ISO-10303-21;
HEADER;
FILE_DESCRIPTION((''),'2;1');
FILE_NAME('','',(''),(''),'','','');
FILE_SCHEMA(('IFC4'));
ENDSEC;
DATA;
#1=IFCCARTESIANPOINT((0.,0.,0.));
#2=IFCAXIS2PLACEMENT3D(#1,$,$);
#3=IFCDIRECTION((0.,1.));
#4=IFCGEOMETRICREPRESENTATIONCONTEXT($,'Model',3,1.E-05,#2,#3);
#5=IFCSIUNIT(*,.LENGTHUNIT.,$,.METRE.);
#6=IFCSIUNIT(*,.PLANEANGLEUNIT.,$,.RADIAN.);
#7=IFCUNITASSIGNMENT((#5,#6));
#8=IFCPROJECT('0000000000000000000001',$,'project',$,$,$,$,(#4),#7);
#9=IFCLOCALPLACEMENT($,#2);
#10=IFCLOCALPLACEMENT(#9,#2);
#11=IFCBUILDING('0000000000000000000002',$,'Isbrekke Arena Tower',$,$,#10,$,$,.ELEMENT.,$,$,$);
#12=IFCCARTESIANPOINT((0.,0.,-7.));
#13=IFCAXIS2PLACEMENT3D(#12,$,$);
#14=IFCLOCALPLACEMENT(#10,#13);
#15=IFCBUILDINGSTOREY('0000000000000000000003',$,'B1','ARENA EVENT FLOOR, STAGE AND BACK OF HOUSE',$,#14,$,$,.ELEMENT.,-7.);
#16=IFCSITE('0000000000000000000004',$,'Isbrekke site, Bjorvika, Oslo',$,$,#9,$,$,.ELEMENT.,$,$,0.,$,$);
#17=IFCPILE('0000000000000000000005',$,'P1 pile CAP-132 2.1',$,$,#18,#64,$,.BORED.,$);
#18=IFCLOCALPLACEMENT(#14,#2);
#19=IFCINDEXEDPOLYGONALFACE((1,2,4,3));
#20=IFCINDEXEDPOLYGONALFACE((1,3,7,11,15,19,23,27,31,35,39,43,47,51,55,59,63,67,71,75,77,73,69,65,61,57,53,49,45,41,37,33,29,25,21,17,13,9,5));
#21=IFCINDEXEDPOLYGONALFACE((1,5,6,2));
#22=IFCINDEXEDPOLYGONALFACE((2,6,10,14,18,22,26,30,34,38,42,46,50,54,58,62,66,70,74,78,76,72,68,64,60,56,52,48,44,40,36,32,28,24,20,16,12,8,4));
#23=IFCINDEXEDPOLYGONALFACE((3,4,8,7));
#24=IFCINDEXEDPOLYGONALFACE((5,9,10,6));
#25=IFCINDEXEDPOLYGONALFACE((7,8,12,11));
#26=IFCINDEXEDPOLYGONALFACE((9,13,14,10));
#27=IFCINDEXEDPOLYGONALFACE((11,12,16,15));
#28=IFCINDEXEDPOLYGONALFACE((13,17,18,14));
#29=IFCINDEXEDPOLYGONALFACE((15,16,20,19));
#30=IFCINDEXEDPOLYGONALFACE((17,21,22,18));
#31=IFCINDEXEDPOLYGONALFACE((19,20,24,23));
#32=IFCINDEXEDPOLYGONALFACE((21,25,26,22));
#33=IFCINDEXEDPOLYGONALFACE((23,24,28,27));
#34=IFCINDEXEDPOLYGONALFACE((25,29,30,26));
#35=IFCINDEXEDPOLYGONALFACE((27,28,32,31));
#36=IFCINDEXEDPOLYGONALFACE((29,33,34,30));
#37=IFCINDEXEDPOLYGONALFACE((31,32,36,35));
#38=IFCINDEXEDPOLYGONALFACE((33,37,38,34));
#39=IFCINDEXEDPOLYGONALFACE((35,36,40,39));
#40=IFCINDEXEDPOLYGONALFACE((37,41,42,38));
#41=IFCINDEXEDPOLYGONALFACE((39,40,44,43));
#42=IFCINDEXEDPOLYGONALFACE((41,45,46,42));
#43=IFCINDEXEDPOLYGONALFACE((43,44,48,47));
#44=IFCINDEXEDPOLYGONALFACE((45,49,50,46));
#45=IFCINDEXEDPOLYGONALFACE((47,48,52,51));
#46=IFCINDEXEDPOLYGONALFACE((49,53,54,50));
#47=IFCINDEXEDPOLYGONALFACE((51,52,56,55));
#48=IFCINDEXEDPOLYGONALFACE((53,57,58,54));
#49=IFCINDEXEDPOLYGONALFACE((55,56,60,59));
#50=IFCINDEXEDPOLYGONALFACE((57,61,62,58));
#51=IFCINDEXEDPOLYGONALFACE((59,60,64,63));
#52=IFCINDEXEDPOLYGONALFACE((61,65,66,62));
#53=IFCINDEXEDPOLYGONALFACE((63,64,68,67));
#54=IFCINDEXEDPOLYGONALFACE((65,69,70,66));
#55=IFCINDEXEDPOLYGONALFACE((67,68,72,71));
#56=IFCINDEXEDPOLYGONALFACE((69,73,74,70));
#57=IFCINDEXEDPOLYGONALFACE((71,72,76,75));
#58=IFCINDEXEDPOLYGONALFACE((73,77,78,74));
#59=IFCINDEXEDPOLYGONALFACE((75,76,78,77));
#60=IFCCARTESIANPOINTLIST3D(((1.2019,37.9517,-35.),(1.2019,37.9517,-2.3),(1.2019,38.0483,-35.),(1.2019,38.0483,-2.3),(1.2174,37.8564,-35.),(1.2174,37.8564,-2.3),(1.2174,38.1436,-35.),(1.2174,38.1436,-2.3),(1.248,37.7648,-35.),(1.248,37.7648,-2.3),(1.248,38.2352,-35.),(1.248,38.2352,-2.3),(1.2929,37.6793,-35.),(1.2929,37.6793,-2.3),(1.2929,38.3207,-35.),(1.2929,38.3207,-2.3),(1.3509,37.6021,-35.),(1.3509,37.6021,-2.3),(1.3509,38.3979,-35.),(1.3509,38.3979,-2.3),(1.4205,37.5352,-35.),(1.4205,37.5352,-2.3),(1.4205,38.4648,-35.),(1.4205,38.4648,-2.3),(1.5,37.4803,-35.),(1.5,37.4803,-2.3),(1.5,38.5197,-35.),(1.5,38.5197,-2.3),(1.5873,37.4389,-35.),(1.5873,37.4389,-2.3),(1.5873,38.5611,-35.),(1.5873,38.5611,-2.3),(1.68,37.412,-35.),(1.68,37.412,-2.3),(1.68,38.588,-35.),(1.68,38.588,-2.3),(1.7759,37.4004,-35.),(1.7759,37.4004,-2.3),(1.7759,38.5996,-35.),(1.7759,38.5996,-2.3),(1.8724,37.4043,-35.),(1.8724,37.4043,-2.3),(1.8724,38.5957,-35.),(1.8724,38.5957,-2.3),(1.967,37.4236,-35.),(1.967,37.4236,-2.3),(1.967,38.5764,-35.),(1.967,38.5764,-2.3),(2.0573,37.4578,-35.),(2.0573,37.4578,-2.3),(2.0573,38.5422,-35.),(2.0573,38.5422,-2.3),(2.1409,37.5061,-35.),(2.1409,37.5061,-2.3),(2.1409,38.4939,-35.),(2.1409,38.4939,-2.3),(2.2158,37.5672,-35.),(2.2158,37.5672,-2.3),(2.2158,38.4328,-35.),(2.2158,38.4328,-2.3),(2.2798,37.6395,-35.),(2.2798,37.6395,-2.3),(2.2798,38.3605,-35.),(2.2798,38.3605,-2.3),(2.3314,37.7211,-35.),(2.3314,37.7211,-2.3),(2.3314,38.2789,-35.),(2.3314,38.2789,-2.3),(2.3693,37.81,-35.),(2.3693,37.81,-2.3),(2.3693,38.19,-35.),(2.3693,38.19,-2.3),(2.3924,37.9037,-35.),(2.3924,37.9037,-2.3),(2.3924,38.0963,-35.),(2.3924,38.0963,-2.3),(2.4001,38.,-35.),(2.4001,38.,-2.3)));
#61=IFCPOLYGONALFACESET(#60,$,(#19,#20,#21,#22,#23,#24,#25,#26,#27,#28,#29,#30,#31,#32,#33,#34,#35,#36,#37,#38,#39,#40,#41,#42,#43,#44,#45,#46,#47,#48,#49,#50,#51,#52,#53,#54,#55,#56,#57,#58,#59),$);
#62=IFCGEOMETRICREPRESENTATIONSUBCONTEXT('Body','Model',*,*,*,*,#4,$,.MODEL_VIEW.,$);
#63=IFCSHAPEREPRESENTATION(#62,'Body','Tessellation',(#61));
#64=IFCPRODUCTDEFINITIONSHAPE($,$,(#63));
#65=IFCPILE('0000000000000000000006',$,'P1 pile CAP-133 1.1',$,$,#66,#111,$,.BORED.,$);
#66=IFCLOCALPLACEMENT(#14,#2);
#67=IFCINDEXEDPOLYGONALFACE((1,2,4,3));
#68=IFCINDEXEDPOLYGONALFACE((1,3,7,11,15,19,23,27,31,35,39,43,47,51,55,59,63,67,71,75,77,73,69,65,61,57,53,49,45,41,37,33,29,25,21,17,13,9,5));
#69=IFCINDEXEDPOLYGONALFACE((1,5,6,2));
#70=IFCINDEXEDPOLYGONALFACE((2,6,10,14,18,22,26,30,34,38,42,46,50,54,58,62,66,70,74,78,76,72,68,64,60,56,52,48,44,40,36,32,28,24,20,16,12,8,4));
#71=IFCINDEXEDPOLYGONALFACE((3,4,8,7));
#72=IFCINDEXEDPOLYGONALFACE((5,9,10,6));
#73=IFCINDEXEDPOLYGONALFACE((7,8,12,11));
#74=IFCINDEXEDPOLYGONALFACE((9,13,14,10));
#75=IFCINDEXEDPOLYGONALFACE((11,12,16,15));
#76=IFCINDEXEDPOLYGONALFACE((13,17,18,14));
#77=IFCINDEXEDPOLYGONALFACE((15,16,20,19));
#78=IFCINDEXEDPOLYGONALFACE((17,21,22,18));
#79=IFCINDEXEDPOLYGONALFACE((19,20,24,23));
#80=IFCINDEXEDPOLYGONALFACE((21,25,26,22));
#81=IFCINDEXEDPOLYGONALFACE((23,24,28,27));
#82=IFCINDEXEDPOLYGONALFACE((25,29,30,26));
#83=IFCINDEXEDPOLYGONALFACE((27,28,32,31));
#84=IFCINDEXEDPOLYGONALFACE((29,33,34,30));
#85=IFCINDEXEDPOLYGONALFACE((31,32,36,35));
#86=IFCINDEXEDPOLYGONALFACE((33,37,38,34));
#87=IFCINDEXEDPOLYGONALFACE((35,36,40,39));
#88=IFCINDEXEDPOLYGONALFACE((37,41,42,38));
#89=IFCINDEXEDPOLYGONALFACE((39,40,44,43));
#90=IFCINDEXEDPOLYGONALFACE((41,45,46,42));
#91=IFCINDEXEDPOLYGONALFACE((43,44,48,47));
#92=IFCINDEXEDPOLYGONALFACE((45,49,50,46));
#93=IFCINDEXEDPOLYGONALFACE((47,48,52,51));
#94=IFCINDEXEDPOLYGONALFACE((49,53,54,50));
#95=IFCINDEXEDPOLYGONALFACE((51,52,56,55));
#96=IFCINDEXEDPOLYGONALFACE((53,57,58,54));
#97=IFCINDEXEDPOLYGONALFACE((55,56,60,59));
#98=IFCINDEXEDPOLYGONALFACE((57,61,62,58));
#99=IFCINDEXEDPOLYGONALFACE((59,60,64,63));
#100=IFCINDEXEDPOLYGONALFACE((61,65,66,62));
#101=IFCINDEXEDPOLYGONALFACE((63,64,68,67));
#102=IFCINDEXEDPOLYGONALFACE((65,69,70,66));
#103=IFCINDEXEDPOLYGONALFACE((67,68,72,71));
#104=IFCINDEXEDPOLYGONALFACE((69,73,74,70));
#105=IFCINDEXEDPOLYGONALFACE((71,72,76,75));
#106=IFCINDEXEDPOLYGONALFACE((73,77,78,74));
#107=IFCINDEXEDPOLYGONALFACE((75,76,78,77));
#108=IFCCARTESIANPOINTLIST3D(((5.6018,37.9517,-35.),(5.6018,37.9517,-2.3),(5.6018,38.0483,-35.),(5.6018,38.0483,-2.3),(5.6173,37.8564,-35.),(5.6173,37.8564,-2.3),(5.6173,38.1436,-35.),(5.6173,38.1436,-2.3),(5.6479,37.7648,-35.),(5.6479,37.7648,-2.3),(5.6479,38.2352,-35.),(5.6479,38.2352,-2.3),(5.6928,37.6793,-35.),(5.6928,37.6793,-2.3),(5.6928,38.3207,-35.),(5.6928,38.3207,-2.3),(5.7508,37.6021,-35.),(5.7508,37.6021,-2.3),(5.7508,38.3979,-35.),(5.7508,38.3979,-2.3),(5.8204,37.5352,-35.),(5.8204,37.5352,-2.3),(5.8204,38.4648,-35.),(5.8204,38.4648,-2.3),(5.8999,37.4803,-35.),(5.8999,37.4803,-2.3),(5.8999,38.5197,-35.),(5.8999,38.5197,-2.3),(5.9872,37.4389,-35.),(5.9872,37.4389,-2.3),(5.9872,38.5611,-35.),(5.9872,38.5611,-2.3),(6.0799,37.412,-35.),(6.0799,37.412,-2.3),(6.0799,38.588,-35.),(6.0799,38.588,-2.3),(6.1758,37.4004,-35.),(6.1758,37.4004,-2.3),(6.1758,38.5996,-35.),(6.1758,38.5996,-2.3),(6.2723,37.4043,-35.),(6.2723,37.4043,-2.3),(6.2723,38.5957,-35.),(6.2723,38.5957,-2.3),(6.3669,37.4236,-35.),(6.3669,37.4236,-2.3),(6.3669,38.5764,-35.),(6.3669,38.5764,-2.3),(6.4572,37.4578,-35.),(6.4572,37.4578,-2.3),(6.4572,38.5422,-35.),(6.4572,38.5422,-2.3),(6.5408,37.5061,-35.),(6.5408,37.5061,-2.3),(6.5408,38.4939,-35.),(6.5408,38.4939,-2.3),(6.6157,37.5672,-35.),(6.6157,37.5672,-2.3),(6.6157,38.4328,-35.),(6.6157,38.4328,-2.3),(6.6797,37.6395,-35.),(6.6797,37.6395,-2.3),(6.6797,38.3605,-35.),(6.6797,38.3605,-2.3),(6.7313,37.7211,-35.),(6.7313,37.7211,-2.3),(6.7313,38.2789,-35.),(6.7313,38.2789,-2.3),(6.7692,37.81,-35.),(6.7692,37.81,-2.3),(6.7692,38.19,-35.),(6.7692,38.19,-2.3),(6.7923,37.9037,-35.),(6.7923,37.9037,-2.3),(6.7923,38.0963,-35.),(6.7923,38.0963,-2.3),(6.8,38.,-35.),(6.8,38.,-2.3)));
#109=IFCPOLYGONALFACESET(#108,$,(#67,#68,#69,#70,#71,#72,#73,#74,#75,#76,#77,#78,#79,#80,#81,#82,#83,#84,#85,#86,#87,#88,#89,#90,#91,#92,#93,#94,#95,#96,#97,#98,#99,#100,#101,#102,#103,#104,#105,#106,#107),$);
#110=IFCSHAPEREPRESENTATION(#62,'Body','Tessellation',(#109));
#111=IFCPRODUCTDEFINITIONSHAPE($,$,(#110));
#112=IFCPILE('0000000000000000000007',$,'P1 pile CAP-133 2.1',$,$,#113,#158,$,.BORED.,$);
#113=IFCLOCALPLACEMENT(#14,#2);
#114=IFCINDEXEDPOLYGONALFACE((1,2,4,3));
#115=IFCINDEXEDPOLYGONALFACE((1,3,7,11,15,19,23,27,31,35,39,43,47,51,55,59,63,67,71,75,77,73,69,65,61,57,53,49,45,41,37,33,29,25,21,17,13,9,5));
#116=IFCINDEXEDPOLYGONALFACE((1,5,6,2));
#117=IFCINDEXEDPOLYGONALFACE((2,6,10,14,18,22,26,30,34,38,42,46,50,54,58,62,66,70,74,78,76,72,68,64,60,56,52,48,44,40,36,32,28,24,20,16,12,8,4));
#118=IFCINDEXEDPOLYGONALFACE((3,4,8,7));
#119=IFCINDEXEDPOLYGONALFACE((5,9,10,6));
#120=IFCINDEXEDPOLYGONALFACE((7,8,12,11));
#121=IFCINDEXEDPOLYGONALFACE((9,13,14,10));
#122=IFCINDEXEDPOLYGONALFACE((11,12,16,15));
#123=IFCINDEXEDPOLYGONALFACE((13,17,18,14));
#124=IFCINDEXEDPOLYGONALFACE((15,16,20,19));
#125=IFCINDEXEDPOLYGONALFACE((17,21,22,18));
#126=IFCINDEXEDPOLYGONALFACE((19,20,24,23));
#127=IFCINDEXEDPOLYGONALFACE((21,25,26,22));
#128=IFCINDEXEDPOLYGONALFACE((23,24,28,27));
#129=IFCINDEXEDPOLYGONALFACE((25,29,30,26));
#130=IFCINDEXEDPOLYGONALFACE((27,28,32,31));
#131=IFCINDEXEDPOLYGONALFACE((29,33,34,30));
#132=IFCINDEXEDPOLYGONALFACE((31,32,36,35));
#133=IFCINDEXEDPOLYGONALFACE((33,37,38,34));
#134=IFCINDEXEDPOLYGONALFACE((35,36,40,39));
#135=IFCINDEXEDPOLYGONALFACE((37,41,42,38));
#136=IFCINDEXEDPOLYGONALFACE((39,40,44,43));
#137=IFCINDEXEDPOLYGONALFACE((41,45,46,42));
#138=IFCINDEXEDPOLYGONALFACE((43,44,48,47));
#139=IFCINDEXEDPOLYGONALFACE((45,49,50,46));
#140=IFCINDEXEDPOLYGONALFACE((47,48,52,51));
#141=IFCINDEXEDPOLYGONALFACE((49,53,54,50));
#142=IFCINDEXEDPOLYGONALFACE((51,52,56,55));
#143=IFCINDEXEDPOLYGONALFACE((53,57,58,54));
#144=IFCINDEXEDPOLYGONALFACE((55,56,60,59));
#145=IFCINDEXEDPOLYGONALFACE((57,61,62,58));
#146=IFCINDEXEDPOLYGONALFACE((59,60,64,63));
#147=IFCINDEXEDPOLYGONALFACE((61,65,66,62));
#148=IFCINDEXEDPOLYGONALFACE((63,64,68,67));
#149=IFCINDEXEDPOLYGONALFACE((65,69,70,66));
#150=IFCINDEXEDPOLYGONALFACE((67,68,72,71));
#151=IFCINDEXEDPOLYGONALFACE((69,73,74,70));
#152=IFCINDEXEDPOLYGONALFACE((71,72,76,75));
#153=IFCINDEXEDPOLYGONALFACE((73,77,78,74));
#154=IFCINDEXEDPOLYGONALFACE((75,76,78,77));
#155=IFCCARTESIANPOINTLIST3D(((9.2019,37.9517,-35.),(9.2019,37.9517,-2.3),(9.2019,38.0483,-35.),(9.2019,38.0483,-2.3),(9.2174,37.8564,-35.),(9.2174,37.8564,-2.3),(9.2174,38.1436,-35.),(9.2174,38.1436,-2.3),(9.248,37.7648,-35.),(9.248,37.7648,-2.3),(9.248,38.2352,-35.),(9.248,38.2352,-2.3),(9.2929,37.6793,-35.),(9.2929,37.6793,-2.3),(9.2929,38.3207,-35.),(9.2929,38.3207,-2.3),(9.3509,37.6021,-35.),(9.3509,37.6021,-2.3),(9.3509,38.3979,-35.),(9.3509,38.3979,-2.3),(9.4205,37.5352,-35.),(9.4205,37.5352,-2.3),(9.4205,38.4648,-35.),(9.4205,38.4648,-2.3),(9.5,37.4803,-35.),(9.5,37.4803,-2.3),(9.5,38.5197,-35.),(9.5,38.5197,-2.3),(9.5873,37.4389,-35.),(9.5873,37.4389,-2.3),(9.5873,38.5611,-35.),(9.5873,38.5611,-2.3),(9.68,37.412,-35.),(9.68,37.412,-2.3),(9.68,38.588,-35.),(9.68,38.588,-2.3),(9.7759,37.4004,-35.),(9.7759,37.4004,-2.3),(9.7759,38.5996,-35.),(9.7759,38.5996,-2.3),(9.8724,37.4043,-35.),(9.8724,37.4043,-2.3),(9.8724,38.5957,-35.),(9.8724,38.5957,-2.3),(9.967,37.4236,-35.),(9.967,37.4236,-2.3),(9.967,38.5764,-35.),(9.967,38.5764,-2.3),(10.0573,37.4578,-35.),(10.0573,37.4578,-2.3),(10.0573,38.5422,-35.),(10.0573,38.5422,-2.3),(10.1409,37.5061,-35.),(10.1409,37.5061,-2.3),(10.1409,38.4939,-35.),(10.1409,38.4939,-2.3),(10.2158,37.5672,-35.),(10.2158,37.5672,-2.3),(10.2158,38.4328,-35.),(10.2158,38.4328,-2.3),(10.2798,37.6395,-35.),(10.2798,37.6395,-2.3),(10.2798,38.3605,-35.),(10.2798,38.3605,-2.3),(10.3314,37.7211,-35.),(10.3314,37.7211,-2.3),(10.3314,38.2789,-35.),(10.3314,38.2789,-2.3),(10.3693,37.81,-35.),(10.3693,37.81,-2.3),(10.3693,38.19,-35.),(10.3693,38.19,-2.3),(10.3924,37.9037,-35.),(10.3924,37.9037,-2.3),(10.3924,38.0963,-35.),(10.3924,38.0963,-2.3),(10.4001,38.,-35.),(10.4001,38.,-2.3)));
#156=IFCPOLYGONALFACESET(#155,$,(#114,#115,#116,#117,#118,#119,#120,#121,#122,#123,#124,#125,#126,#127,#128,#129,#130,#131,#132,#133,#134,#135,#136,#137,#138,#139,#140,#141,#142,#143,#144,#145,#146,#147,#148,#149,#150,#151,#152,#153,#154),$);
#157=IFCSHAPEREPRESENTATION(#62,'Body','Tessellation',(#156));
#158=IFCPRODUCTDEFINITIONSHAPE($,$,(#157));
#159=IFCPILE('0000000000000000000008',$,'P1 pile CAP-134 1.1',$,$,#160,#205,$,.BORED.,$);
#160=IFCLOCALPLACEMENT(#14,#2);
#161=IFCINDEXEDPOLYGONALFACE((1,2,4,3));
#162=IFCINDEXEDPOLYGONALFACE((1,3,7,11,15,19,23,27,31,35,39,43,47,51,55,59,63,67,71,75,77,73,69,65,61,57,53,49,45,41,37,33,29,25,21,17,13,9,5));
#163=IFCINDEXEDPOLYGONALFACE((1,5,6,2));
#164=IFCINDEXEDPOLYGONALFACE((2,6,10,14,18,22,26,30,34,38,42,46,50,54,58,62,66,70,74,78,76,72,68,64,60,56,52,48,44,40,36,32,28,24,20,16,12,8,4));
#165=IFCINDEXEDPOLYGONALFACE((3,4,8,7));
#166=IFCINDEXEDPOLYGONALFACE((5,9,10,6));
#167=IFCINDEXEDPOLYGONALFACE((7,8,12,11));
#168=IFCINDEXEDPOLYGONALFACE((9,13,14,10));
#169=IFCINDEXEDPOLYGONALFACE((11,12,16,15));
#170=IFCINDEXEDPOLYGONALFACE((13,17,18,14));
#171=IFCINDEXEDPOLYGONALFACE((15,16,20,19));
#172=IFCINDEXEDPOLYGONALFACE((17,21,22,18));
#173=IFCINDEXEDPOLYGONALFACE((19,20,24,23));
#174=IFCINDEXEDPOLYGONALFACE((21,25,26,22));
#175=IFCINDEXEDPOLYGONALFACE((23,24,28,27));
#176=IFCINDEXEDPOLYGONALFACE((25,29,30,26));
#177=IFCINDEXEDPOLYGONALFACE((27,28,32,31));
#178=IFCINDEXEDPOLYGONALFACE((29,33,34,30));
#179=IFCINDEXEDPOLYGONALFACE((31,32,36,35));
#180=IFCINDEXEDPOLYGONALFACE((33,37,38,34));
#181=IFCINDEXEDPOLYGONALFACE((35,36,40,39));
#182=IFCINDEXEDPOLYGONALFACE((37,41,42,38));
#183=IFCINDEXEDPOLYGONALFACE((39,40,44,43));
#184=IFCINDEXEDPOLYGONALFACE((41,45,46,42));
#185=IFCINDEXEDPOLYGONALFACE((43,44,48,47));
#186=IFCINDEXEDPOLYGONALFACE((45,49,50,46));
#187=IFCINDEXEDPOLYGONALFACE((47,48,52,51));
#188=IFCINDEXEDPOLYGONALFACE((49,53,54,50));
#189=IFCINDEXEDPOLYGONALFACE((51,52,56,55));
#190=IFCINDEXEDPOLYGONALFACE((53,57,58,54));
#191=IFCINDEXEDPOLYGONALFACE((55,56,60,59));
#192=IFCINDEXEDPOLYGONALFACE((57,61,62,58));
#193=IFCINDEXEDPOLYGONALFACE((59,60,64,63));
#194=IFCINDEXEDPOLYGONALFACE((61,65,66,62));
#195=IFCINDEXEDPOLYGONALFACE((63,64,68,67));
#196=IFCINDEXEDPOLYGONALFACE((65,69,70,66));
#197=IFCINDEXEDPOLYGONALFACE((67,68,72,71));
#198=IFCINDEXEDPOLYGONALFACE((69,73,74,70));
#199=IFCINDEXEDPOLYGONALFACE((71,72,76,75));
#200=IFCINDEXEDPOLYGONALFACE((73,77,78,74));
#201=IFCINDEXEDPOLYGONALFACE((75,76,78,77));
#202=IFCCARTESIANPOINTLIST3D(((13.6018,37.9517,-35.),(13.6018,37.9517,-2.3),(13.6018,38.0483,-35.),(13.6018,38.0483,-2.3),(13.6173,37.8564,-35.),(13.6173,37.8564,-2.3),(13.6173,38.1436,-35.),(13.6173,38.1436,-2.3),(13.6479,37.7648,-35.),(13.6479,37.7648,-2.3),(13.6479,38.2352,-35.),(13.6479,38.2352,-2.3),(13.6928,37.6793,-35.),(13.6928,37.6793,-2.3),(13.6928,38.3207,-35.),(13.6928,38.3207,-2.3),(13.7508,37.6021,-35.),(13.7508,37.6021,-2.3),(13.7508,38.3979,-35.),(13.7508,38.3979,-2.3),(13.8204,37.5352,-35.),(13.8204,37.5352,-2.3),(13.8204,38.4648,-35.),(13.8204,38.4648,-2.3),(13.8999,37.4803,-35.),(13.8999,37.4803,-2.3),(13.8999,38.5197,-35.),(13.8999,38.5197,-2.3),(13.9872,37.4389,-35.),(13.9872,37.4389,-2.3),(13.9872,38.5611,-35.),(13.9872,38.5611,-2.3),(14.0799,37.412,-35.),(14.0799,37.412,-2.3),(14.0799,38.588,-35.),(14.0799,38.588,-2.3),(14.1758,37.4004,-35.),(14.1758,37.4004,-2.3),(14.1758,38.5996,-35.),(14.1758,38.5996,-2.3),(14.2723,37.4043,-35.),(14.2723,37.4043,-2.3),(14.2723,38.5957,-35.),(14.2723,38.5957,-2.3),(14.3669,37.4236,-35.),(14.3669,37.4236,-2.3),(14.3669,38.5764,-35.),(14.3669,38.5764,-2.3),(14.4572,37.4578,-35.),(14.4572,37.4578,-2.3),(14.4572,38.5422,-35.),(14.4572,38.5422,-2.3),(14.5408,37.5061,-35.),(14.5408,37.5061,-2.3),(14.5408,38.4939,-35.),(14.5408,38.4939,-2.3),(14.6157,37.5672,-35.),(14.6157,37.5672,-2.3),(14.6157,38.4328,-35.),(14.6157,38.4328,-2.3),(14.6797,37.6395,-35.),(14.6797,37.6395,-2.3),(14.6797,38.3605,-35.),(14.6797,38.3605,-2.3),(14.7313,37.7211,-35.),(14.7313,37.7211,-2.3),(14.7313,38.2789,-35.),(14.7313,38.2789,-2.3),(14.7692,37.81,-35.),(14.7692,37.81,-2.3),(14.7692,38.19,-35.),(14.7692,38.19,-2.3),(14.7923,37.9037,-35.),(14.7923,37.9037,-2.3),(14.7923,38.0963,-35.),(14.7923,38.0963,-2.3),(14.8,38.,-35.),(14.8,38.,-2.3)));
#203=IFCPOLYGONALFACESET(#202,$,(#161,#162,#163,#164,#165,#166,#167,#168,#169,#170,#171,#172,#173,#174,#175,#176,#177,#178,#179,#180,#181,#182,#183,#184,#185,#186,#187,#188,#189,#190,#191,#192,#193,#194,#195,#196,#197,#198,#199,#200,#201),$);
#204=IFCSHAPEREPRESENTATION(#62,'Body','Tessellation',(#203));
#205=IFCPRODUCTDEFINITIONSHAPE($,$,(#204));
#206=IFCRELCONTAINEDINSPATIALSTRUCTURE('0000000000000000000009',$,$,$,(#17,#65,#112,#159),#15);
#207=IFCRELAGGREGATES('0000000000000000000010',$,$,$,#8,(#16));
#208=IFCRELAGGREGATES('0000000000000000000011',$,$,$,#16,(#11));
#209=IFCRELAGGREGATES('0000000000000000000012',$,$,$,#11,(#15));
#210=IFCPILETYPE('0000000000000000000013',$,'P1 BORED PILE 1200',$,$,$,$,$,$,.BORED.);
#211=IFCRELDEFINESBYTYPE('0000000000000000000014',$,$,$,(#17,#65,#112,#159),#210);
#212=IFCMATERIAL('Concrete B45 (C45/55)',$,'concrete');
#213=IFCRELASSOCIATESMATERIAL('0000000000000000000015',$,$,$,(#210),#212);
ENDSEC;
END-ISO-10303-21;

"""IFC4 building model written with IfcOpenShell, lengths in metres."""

from ifc_helpers import new_model, si_unit, direction, frame, origin, origin_2d, place, context, subcontext, project, spatial, circle, extrude, material, material_profile, profile_set, type_object, element, save


model = new_model("IFC4")

# Units and contexts
model_context = context("Model", 3, precision=1e-05, world=origin(), true_north=direction((0.0, 1.0)))
body_context = subcontext(model_context, "Body", "Model", "MODEL_VIEW")
ifc_project = project(units=[si_unit("LENGTHUNIT", "METRE"), si_unit("PLANEANGLEUNIT", "RADIAN")], contexts=[model_context])

# Site, building, storey
site_placement = place(None, origin())
site = spatial("IfcSite", under=ifc_project, at=site_placement, Name="Isbrekke site, Bjorvika, Oslo", CompositionType="ELEMENT", RefElevation=0.0)
building_placement = place(site_placement, origin())
building = spatial("IfcBuilding", under=site, at=building_placement, Name="Isbrekke Arena Tower", CompositionType="ELEMENT")
storey_placement = place(building_placement, frame((0.0, 0.0, -7.0)))
storey = spatial("IfcBuildingStorey", under=building, at=storey_placement, Name="B1", Description="ARENA EVENT FLOOR, STAGE AND BACK OF HOUSE", CompositionType="ELEMENT", Elevation=-7.0)

# Piles
ifc_material_1 = material(Name="Concrete B45 (C45/55)", Category="concrete")
ifc_material_profile_1 = material_profile(ifc_material_1, circle(Radius=0.6001, at=origin_2d()), Name="BORED PILE D1200")
ifc_profile_set_1 = profile_set([ifc_material_profile_1], Name="Concrete B45 (C45/55)")
pile_type = type_object("IfcPileType", Name="P1 BORED PILE 1200", PredefinedType="BORED", material=ifc_profile_set_1)
for number, where, z_axis, x_axis, name in (
    (1, (1.8, 38.0, -2.3), (0.0, 0.0, -1.0), (1.0, 0.0, 0.0), "P1 pile CAP-132 2.1"),
    (2, (6.2, 38.0, -2.3), (0.0, 0.0, -1.0), (1.0, 0.0, 0.0), "P1 pile CAP-133 1.1"),
    (3, (9.8, 38.0, -2.3), (0.0, 0.0, -1.0), (1.0, 0.0, 0.0), "P1 pile CAP-133 2.1"),
    (4, (14.2, 38.0, -2.3), (0.0, 0.0, -1.0), (1.0, 0.0, 0.0), "P1 pile CAP-134 1.1"),
):
    element("IfcPile", number, at=place(storey_placement, frame(where, z_axis=z_axis, x_axis=x_axis)), inside=storey, type_object=pile_type, Name=name, PredefinedType="BORED", context=body_context, shape_type="SweptSolid", body=[
        extrude(circle(Radius=0.6001, at=origin_2d()), origin(), (0.0, 0.0, 1.0), 32.7),
    ])

save(model, "model.ifc")
